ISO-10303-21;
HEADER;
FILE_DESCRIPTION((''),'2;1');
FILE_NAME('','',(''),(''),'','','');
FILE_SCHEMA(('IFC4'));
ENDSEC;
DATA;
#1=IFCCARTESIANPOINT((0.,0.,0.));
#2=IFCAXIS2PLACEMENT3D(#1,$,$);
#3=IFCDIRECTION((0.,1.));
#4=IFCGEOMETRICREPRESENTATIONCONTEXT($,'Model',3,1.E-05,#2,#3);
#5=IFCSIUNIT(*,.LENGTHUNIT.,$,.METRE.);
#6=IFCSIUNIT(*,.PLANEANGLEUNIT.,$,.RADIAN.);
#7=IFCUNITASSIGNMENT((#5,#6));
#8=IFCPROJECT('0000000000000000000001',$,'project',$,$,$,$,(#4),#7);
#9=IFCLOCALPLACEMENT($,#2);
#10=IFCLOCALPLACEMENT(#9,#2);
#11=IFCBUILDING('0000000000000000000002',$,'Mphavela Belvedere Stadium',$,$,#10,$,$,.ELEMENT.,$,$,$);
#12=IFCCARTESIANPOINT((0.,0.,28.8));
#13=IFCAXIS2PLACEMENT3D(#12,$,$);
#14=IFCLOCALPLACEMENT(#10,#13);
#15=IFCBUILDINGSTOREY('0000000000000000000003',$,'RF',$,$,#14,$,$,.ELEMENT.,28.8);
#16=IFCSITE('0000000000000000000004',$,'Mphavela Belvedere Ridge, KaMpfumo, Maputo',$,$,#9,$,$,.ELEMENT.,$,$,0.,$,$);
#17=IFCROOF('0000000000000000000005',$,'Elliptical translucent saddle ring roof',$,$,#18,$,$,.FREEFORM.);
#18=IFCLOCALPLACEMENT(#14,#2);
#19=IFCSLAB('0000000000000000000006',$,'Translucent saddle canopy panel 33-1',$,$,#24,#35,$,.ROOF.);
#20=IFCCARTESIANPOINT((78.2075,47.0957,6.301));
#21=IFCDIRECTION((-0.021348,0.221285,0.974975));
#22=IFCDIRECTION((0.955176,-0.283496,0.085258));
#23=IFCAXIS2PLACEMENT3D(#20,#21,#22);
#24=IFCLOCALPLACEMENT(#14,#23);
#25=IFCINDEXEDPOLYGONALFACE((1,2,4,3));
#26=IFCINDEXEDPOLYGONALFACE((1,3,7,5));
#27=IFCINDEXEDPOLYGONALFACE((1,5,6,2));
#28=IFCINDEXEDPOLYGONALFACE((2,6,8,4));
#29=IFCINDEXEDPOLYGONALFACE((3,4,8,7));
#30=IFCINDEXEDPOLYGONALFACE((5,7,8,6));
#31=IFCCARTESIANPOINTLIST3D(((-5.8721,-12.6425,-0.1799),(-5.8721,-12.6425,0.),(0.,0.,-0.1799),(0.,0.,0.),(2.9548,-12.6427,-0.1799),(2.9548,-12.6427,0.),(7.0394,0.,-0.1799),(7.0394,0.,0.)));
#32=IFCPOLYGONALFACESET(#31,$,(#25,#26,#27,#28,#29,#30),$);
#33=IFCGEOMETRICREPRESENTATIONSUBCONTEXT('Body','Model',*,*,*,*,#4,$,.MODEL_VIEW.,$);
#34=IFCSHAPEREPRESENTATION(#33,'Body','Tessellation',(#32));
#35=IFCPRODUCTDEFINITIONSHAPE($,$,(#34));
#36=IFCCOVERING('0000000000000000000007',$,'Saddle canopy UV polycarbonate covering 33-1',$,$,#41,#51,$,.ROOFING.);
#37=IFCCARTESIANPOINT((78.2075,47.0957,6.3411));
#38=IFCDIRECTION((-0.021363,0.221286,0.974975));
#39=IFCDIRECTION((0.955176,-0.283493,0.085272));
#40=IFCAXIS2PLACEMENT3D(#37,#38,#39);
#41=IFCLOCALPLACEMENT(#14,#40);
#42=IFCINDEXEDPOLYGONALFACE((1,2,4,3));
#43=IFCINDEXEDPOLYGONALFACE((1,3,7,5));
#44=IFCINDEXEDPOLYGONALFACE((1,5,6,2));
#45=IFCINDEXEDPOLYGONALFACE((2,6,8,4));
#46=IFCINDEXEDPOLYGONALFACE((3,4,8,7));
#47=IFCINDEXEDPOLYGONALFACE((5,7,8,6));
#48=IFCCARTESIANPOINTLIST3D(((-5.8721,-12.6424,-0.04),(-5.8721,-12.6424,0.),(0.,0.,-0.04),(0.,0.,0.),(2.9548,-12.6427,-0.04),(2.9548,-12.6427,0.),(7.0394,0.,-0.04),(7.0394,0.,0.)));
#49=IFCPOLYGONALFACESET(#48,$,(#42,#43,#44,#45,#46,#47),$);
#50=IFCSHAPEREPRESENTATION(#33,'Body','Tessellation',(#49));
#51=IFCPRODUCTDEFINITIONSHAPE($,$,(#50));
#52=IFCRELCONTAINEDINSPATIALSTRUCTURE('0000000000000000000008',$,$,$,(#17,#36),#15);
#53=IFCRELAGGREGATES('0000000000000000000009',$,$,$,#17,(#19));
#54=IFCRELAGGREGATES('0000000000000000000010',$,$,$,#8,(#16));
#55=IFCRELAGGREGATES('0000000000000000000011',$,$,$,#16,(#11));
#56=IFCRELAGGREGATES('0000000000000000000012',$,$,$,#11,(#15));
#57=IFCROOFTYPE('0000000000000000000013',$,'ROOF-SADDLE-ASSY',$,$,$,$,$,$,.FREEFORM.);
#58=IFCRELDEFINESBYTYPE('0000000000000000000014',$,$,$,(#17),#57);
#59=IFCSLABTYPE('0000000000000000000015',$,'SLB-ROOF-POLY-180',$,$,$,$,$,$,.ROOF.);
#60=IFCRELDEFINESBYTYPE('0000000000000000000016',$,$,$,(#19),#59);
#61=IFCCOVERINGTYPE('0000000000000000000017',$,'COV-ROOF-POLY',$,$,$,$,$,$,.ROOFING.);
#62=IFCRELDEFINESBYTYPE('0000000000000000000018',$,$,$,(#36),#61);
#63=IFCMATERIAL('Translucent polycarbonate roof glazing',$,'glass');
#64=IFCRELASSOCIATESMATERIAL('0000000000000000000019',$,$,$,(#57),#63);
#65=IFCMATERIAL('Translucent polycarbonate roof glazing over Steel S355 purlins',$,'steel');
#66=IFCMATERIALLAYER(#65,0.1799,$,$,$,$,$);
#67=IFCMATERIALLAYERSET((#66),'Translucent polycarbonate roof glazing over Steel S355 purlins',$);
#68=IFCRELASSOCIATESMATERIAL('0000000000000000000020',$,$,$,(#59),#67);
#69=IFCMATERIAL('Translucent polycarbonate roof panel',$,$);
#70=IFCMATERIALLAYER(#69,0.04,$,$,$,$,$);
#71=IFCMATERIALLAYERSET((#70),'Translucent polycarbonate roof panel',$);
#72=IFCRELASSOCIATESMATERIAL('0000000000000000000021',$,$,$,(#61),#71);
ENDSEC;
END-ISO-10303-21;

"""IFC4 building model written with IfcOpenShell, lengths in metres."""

from ifc_helpers import new_model, si_unit, direction, frame, origin, place, context, subcontext, project, spatial, polyline, outline, extrude, material, layer, layer_set, type_object, element, aggregate, save


model = new_model("IFC4")

# Units and contexts
model_context = context("Model", 3, precision=1e-05, world=origin(), true_north=direction((0.0, 1.0)))
body_context = subcontext(model_context, "Body", "Model", "MODEL_VIEW")
ifc_project = project(units=[si_unit("LENGTHUNIT", "METRE"), si_unit("PLANEANGLEUNIT", "RADIAN")], contexts=[model_context])

# Site, building, storey
site_placement = place(None, origin())
site = spatial("IfcSite", under=ifc_project, at=site_placement, Name="Mphavela Belvedere Ridge, KaMpfumo, Maputo", CompositionType="ELEMENT", RefElevation=0.0)
building_placement = place(site_placement, origin())
building = spatial("IfcBuilding", under=site, at=building_placement, Name="Mphavela Belvedere Stadium", CompositionType="ELEMENT")
storey_placement = place(building_placement, frame((0.0, 0.0, 28.8)))
storey = spatial("IfcBuildingStorey", under=building, at=storey_placement, Name="RF", CompositionType="ELEMENT", Elevation=28.8)

# Roof, slab
ifc_material_1 = material(Name="Translucent polycarbonate roof glazing", Category="glass")
roof_type = type_object("IfcRoofType", Name="ROOF-SADDLE-ASSY", PredefinedType="FREEFORM", material=ifc_material_1)
roof_placement = place(storey_placement, origin())
roof = element("IfcRoof", 1, at=roof_placement, inside=storey, type_object=roof_type, Name="Elliptical translucent saddle ring roof", PredefinedType="FREEFORM")
ifc_material_2 = material(Name="Translucent polycarbonate roof glazing over Steel S355 purlins", Category="steel")
ifc_layer_1 = layer(ifc_material_2, 0.1799)
ifc_layer_set_1 = layer_set([ifc_layer_1], Name="Translucent polycarbonate roof glazing over Steel S355 purlins")
slab_type = type_object("IfcSlabType", Name="SLB-ROOF-POLY-180", PredefinedType="ROOF", material=ifc_layer_set_1)
slab_1_placement = place(storey_placement, frame((78.2075, 47.0957, 6.301), z_axis=(-0.021348, 0.221285, 0.974975), x_axis=(0.955176, -0.283496, 0.085258)))
slab_1 = element("IfcSlab", 2, at=slab_1_placement, type_object=slab_type, Name="Translucent saddle canopy panel 33-1", PredefinedType="ROOF", context=body_context, shape_type="SweptSolid", body=[
    extrude(outline(polyline([(0.0, 0.0), (7.0394, 0.0), (2.9548, -12.6427), (-5.8721, -12.6425), (0.0, 0.0)])), origin(), (0.0, 0.0, -1.0), 0.1799),
])
aggregate(roof, [slab_1])

# Covering
ifc_material_3 = material(Name="Translucent polycarbonate roof panel")
ifc_layer_2 = layer(ifc_material_3, 0.04)
ifc_layer_set_2 = layer_set([ifc_layer_2], Name="Translucent polycarbonate roof panel")
covering_type = type_object("IfcCoveringType", Name="COV-ROOF-POLY", PredefinedType="ROOFING", material=ifc_layer_set_2)
covering_1_placement = place(storey_placement, frame((78.2075, 47.0957, 6.3411), z_axis=(-0.021363, 0.221286, 0.974975), x_axis=(0.955176, -0.283493, 0.085272)))
element("IfcCovering", 3, at=covering_1_placement, inside=storey, type_object=covering_type, Name="Saddle canopy UV polycarbonate covering 33-1", PredefinedType="ROOFING", context=body_context, shape_type="SweptSolid", body=[
    extrude(outline(polyline([(0.0, 0.0), (7.0394, 0.0), (2.9548, -12.6427), (-5.8721, -12.6424), (0.0, 0.0)])), origin(), (0.0, 0.0, -1.0), 0.04),
])

save(model, "model.ifc")
